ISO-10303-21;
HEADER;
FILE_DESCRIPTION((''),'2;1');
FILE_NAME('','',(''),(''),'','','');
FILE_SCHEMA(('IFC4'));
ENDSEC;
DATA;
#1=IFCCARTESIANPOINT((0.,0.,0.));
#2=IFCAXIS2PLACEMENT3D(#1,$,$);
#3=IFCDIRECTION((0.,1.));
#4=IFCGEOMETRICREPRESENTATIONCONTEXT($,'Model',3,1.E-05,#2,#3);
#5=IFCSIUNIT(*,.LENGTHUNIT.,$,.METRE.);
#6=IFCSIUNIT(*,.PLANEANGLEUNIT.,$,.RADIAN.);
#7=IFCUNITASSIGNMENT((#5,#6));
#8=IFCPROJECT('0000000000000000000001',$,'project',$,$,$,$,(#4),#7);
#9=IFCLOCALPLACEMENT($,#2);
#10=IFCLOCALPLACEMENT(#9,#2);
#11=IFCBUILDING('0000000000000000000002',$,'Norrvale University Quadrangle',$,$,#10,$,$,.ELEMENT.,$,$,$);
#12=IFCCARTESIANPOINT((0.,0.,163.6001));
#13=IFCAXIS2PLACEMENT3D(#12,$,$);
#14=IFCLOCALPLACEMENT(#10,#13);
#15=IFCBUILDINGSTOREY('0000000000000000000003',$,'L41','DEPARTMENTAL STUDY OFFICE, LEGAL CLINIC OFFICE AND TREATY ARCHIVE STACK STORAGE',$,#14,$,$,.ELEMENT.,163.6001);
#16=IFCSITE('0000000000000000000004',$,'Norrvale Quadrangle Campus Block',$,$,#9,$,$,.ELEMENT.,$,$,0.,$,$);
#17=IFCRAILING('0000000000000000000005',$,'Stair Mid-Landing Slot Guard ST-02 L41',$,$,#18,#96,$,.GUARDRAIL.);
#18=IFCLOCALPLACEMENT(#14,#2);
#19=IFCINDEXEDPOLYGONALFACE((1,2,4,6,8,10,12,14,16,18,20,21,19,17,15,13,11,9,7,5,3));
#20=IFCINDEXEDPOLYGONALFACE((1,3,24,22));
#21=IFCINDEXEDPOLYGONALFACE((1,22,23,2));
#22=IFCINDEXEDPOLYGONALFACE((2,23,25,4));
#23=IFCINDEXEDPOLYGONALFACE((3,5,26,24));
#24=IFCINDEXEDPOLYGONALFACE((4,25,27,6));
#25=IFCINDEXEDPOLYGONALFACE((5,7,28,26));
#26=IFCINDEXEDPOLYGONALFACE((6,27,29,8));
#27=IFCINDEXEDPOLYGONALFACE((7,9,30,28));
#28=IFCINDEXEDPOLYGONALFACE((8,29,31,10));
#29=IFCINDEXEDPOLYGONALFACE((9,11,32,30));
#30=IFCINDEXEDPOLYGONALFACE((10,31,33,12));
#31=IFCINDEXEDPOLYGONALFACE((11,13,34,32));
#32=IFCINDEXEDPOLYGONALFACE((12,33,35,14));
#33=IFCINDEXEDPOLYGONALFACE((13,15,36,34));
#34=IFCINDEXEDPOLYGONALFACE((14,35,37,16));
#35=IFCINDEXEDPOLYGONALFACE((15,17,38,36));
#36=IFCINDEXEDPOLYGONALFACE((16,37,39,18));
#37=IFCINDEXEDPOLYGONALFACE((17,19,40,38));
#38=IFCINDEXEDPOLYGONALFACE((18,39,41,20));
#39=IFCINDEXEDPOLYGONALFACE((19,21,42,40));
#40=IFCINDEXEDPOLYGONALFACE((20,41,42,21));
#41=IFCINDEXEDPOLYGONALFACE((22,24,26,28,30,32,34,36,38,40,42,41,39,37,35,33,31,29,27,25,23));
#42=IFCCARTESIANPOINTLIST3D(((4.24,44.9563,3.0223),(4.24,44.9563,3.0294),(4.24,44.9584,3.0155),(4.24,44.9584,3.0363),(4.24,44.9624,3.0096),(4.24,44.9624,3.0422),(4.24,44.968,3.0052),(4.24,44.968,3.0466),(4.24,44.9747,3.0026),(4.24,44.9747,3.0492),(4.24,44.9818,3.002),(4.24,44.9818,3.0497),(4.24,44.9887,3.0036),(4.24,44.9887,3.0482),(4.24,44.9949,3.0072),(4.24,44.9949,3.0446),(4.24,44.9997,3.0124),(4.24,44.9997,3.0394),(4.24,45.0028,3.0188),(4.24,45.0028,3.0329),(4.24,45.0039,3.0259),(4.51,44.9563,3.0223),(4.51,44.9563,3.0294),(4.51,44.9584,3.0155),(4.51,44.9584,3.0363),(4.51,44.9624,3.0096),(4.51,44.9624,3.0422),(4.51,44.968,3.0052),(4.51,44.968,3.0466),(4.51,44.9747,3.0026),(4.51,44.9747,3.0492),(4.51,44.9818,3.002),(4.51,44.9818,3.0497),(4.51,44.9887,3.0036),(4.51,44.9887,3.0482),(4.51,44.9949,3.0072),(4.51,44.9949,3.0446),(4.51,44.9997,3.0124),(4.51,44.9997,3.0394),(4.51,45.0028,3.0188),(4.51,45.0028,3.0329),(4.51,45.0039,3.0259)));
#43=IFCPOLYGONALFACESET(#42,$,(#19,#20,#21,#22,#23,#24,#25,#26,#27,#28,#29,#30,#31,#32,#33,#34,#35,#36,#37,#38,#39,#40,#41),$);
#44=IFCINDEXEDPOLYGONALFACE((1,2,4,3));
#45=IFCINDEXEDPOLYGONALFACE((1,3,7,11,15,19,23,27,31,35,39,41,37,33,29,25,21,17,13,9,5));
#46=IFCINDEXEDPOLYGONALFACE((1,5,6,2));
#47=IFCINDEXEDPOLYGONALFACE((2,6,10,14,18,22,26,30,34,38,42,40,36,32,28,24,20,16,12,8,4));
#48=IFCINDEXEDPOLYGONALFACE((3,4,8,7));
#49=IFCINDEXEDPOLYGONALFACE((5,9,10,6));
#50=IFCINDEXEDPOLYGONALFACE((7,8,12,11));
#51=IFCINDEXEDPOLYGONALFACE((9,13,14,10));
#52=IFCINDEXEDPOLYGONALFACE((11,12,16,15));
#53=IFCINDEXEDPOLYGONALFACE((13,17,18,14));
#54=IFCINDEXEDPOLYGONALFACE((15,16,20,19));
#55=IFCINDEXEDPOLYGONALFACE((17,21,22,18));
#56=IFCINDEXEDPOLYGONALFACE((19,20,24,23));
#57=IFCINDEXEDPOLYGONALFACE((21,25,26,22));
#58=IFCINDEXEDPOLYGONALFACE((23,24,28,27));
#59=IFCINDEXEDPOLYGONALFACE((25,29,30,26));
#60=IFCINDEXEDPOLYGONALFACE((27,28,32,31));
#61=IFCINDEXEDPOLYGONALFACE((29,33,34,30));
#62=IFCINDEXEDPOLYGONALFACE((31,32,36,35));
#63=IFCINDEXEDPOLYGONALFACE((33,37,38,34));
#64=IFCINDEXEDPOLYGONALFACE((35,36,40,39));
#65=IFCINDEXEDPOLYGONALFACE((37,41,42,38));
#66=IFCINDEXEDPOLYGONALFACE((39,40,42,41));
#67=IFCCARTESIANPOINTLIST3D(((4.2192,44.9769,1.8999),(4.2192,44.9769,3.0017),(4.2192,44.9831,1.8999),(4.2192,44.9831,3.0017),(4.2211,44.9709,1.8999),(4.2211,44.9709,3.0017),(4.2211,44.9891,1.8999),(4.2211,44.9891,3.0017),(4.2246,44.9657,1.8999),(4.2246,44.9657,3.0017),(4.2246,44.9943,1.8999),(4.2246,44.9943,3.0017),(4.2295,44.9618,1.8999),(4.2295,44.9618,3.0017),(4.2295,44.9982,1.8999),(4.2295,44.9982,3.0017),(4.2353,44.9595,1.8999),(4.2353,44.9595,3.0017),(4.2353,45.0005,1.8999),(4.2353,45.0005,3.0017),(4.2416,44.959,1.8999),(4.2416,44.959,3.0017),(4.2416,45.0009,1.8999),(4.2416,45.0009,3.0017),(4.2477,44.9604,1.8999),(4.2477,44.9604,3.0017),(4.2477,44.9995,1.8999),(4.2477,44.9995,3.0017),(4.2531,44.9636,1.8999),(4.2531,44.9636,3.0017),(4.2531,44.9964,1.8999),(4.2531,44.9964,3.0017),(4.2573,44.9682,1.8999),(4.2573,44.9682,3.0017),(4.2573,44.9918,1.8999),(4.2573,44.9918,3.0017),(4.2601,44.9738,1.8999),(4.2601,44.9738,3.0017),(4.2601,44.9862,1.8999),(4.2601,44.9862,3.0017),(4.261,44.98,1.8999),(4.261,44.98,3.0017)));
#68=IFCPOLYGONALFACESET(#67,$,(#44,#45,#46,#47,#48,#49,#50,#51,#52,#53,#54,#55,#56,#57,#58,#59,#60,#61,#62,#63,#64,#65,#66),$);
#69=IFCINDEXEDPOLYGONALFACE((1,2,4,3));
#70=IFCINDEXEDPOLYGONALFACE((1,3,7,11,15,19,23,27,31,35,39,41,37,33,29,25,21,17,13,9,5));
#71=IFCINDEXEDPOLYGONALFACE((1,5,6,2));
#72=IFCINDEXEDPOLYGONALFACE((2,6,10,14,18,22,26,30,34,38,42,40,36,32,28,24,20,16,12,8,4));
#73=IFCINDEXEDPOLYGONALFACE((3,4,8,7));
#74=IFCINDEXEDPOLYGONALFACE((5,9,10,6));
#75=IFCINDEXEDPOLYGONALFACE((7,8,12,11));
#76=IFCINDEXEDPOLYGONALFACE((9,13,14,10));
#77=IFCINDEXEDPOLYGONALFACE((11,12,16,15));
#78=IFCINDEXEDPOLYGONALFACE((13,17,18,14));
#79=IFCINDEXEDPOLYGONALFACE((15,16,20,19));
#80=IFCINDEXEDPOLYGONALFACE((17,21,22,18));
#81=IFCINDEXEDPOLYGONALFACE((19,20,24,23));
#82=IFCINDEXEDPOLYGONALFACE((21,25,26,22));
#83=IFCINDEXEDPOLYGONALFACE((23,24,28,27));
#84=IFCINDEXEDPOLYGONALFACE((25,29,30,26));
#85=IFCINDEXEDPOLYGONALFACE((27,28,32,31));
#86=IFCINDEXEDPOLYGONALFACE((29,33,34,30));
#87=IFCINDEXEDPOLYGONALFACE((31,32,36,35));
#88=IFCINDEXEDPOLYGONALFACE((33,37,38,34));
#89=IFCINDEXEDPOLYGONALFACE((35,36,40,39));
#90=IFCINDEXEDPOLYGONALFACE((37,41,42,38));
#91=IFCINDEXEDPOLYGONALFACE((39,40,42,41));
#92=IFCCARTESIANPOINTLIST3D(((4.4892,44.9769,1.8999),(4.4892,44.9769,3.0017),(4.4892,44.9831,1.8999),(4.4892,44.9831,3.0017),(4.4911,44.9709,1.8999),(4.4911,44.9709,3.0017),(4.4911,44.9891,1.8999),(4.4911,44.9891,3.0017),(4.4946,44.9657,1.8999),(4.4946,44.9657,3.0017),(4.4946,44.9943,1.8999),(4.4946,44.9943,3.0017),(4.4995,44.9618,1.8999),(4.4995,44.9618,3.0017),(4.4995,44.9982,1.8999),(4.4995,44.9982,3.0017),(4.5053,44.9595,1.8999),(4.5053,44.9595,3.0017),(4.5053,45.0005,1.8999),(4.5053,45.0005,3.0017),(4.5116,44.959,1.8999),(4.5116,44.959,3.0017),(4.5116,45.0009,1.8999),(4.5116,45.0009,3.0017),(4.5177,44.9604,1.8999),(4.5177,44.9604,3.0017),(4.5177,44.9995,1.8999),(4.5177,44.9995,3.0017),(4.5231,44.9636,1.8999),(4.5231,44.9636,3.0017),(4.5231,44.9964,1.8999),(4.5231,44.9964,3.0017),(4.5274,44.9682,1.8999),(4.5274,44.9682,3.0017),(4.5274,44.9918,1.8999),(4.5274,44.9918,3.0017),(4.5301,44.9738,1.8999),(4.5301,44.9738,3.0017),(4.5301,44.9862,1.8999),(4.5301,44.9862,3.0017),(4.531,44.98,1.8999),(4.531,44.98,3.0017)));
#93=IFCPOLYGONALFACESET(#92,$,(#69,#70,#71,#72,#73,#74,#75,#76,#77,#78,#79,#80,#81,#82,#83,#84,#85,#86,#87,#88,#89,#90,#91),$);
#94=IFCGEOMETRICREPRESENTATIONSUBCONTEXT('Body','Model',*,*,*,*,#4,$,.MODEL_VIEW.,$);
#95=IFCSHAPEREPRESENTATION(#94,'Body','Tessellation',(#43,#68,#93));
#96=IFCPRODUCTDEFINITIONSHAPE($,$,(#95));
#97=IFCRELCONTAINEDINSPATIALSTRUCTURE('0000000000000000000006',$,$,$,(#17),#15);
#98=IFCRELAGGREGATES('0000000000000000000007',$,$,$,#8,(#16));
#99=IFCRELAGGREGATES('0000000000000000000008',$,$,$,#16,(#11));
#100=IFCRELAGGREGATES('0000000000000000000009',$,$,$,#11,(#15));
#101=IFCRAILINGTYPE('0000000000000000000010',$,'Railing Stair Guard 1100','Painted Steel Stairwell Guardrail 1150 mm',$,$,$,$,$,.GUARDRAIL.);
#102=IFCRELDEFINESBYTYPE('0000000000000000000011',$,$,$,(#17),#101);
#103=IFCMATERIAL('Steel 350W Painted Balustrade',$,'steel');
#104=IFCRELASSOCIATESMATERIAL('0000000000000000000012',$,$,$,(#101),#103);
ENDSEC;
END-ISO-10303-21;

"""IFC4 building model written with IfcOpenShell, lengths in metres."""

from ifc_helpers import new_model, si_unit, direction, frame, origin, origin_2d, place, context, subcontext, project, spatial, circle, extrude, material, type_object, element, save


model = new_model("IFC4")

# Units and contexts
model_context = context("Model", 3, precision=1e-05, world=origin(), true_north=direction((0.0, 1.0)))
body_context = subcontext(model_context, "Body", "Model", "MODEL_VIEW")
ifc_project = project(units=[si_unit("LENGTHUNIT", "METRE"), si_unit("PLANEANGLEUNIT", "RADIAN")], contexts=[model_context])

# Site, building, storey
site_placement = place(None, origin())
site = spatial("IfcSite", under=ifc_project, at=site_placement, Name="Norrvale Quadrangle Campus Block", CompositionType="ELEMENT", RefElevation=0.0)
building_placement = place(site_placement, origin())
building = spatial("IfcBuilding", under=site, at=building_placement, Name="Norrvale University Quadrangle", CompositionType="ELEMENT")
storey_placement = place(building_placement, frame((0.0, 0.0, 163.6001)))
storey = spatial("IfcBuildingStorey", under=building, at=storey_placement, Name="L41", Description="DEPARTMENTAL STUDY OFFICE, LEGAL CLINIC OFFICE AND TREATY ARCHIVE STACK STORAGE", CompositionType="ELEMENT", Elevation=163.6001)

# Railing
ifc_material_1 = material(Name="Steel 350W Painted Balustrade", Category="steel")
railing_type_1 = type_object("IfcRailingType", Name="Railing Stair Guard 1100", Description="Painted Steel Stairwell Guardrail 1150 mm", PredefinedType="GUARDRAIL", material=ifc_material_1)
for number, where, name in (
    (1, (4.24, 44.98, 1.8999), "Stair Mid-Landing Slot Guard ST-02 L41"),
):
    element("IfcRailing", number, at=place(storey_placement, frame(where)), inside=storey, type_object=railing_type_1, Name=name, PredefinedType="GUARDRAIL", context=body_context, shape_type="SweptSolid", body=[
        extrude(circle(Radius=0.0239, at=origin_2d()), frame((0.0, 0.0, 1.126), z_axis=(1.0, 0.0, 0.0), x_axis=(0.0, 1.0, 0.0)), (0.0, 0.0, 1.0), 0.27),
        extrude(circle(Radius=0.021, at=origin_2d()), origin(), (0.0, 0.0, 1.0), 1.1018),
        extrude(circle(Radius=0.021, at=origin_2d()), frame((0.27, 0.0, 0.0)), (0.0, 0.0, 1.0), 1.1018),
    ])

save(model, "model.ifc")
